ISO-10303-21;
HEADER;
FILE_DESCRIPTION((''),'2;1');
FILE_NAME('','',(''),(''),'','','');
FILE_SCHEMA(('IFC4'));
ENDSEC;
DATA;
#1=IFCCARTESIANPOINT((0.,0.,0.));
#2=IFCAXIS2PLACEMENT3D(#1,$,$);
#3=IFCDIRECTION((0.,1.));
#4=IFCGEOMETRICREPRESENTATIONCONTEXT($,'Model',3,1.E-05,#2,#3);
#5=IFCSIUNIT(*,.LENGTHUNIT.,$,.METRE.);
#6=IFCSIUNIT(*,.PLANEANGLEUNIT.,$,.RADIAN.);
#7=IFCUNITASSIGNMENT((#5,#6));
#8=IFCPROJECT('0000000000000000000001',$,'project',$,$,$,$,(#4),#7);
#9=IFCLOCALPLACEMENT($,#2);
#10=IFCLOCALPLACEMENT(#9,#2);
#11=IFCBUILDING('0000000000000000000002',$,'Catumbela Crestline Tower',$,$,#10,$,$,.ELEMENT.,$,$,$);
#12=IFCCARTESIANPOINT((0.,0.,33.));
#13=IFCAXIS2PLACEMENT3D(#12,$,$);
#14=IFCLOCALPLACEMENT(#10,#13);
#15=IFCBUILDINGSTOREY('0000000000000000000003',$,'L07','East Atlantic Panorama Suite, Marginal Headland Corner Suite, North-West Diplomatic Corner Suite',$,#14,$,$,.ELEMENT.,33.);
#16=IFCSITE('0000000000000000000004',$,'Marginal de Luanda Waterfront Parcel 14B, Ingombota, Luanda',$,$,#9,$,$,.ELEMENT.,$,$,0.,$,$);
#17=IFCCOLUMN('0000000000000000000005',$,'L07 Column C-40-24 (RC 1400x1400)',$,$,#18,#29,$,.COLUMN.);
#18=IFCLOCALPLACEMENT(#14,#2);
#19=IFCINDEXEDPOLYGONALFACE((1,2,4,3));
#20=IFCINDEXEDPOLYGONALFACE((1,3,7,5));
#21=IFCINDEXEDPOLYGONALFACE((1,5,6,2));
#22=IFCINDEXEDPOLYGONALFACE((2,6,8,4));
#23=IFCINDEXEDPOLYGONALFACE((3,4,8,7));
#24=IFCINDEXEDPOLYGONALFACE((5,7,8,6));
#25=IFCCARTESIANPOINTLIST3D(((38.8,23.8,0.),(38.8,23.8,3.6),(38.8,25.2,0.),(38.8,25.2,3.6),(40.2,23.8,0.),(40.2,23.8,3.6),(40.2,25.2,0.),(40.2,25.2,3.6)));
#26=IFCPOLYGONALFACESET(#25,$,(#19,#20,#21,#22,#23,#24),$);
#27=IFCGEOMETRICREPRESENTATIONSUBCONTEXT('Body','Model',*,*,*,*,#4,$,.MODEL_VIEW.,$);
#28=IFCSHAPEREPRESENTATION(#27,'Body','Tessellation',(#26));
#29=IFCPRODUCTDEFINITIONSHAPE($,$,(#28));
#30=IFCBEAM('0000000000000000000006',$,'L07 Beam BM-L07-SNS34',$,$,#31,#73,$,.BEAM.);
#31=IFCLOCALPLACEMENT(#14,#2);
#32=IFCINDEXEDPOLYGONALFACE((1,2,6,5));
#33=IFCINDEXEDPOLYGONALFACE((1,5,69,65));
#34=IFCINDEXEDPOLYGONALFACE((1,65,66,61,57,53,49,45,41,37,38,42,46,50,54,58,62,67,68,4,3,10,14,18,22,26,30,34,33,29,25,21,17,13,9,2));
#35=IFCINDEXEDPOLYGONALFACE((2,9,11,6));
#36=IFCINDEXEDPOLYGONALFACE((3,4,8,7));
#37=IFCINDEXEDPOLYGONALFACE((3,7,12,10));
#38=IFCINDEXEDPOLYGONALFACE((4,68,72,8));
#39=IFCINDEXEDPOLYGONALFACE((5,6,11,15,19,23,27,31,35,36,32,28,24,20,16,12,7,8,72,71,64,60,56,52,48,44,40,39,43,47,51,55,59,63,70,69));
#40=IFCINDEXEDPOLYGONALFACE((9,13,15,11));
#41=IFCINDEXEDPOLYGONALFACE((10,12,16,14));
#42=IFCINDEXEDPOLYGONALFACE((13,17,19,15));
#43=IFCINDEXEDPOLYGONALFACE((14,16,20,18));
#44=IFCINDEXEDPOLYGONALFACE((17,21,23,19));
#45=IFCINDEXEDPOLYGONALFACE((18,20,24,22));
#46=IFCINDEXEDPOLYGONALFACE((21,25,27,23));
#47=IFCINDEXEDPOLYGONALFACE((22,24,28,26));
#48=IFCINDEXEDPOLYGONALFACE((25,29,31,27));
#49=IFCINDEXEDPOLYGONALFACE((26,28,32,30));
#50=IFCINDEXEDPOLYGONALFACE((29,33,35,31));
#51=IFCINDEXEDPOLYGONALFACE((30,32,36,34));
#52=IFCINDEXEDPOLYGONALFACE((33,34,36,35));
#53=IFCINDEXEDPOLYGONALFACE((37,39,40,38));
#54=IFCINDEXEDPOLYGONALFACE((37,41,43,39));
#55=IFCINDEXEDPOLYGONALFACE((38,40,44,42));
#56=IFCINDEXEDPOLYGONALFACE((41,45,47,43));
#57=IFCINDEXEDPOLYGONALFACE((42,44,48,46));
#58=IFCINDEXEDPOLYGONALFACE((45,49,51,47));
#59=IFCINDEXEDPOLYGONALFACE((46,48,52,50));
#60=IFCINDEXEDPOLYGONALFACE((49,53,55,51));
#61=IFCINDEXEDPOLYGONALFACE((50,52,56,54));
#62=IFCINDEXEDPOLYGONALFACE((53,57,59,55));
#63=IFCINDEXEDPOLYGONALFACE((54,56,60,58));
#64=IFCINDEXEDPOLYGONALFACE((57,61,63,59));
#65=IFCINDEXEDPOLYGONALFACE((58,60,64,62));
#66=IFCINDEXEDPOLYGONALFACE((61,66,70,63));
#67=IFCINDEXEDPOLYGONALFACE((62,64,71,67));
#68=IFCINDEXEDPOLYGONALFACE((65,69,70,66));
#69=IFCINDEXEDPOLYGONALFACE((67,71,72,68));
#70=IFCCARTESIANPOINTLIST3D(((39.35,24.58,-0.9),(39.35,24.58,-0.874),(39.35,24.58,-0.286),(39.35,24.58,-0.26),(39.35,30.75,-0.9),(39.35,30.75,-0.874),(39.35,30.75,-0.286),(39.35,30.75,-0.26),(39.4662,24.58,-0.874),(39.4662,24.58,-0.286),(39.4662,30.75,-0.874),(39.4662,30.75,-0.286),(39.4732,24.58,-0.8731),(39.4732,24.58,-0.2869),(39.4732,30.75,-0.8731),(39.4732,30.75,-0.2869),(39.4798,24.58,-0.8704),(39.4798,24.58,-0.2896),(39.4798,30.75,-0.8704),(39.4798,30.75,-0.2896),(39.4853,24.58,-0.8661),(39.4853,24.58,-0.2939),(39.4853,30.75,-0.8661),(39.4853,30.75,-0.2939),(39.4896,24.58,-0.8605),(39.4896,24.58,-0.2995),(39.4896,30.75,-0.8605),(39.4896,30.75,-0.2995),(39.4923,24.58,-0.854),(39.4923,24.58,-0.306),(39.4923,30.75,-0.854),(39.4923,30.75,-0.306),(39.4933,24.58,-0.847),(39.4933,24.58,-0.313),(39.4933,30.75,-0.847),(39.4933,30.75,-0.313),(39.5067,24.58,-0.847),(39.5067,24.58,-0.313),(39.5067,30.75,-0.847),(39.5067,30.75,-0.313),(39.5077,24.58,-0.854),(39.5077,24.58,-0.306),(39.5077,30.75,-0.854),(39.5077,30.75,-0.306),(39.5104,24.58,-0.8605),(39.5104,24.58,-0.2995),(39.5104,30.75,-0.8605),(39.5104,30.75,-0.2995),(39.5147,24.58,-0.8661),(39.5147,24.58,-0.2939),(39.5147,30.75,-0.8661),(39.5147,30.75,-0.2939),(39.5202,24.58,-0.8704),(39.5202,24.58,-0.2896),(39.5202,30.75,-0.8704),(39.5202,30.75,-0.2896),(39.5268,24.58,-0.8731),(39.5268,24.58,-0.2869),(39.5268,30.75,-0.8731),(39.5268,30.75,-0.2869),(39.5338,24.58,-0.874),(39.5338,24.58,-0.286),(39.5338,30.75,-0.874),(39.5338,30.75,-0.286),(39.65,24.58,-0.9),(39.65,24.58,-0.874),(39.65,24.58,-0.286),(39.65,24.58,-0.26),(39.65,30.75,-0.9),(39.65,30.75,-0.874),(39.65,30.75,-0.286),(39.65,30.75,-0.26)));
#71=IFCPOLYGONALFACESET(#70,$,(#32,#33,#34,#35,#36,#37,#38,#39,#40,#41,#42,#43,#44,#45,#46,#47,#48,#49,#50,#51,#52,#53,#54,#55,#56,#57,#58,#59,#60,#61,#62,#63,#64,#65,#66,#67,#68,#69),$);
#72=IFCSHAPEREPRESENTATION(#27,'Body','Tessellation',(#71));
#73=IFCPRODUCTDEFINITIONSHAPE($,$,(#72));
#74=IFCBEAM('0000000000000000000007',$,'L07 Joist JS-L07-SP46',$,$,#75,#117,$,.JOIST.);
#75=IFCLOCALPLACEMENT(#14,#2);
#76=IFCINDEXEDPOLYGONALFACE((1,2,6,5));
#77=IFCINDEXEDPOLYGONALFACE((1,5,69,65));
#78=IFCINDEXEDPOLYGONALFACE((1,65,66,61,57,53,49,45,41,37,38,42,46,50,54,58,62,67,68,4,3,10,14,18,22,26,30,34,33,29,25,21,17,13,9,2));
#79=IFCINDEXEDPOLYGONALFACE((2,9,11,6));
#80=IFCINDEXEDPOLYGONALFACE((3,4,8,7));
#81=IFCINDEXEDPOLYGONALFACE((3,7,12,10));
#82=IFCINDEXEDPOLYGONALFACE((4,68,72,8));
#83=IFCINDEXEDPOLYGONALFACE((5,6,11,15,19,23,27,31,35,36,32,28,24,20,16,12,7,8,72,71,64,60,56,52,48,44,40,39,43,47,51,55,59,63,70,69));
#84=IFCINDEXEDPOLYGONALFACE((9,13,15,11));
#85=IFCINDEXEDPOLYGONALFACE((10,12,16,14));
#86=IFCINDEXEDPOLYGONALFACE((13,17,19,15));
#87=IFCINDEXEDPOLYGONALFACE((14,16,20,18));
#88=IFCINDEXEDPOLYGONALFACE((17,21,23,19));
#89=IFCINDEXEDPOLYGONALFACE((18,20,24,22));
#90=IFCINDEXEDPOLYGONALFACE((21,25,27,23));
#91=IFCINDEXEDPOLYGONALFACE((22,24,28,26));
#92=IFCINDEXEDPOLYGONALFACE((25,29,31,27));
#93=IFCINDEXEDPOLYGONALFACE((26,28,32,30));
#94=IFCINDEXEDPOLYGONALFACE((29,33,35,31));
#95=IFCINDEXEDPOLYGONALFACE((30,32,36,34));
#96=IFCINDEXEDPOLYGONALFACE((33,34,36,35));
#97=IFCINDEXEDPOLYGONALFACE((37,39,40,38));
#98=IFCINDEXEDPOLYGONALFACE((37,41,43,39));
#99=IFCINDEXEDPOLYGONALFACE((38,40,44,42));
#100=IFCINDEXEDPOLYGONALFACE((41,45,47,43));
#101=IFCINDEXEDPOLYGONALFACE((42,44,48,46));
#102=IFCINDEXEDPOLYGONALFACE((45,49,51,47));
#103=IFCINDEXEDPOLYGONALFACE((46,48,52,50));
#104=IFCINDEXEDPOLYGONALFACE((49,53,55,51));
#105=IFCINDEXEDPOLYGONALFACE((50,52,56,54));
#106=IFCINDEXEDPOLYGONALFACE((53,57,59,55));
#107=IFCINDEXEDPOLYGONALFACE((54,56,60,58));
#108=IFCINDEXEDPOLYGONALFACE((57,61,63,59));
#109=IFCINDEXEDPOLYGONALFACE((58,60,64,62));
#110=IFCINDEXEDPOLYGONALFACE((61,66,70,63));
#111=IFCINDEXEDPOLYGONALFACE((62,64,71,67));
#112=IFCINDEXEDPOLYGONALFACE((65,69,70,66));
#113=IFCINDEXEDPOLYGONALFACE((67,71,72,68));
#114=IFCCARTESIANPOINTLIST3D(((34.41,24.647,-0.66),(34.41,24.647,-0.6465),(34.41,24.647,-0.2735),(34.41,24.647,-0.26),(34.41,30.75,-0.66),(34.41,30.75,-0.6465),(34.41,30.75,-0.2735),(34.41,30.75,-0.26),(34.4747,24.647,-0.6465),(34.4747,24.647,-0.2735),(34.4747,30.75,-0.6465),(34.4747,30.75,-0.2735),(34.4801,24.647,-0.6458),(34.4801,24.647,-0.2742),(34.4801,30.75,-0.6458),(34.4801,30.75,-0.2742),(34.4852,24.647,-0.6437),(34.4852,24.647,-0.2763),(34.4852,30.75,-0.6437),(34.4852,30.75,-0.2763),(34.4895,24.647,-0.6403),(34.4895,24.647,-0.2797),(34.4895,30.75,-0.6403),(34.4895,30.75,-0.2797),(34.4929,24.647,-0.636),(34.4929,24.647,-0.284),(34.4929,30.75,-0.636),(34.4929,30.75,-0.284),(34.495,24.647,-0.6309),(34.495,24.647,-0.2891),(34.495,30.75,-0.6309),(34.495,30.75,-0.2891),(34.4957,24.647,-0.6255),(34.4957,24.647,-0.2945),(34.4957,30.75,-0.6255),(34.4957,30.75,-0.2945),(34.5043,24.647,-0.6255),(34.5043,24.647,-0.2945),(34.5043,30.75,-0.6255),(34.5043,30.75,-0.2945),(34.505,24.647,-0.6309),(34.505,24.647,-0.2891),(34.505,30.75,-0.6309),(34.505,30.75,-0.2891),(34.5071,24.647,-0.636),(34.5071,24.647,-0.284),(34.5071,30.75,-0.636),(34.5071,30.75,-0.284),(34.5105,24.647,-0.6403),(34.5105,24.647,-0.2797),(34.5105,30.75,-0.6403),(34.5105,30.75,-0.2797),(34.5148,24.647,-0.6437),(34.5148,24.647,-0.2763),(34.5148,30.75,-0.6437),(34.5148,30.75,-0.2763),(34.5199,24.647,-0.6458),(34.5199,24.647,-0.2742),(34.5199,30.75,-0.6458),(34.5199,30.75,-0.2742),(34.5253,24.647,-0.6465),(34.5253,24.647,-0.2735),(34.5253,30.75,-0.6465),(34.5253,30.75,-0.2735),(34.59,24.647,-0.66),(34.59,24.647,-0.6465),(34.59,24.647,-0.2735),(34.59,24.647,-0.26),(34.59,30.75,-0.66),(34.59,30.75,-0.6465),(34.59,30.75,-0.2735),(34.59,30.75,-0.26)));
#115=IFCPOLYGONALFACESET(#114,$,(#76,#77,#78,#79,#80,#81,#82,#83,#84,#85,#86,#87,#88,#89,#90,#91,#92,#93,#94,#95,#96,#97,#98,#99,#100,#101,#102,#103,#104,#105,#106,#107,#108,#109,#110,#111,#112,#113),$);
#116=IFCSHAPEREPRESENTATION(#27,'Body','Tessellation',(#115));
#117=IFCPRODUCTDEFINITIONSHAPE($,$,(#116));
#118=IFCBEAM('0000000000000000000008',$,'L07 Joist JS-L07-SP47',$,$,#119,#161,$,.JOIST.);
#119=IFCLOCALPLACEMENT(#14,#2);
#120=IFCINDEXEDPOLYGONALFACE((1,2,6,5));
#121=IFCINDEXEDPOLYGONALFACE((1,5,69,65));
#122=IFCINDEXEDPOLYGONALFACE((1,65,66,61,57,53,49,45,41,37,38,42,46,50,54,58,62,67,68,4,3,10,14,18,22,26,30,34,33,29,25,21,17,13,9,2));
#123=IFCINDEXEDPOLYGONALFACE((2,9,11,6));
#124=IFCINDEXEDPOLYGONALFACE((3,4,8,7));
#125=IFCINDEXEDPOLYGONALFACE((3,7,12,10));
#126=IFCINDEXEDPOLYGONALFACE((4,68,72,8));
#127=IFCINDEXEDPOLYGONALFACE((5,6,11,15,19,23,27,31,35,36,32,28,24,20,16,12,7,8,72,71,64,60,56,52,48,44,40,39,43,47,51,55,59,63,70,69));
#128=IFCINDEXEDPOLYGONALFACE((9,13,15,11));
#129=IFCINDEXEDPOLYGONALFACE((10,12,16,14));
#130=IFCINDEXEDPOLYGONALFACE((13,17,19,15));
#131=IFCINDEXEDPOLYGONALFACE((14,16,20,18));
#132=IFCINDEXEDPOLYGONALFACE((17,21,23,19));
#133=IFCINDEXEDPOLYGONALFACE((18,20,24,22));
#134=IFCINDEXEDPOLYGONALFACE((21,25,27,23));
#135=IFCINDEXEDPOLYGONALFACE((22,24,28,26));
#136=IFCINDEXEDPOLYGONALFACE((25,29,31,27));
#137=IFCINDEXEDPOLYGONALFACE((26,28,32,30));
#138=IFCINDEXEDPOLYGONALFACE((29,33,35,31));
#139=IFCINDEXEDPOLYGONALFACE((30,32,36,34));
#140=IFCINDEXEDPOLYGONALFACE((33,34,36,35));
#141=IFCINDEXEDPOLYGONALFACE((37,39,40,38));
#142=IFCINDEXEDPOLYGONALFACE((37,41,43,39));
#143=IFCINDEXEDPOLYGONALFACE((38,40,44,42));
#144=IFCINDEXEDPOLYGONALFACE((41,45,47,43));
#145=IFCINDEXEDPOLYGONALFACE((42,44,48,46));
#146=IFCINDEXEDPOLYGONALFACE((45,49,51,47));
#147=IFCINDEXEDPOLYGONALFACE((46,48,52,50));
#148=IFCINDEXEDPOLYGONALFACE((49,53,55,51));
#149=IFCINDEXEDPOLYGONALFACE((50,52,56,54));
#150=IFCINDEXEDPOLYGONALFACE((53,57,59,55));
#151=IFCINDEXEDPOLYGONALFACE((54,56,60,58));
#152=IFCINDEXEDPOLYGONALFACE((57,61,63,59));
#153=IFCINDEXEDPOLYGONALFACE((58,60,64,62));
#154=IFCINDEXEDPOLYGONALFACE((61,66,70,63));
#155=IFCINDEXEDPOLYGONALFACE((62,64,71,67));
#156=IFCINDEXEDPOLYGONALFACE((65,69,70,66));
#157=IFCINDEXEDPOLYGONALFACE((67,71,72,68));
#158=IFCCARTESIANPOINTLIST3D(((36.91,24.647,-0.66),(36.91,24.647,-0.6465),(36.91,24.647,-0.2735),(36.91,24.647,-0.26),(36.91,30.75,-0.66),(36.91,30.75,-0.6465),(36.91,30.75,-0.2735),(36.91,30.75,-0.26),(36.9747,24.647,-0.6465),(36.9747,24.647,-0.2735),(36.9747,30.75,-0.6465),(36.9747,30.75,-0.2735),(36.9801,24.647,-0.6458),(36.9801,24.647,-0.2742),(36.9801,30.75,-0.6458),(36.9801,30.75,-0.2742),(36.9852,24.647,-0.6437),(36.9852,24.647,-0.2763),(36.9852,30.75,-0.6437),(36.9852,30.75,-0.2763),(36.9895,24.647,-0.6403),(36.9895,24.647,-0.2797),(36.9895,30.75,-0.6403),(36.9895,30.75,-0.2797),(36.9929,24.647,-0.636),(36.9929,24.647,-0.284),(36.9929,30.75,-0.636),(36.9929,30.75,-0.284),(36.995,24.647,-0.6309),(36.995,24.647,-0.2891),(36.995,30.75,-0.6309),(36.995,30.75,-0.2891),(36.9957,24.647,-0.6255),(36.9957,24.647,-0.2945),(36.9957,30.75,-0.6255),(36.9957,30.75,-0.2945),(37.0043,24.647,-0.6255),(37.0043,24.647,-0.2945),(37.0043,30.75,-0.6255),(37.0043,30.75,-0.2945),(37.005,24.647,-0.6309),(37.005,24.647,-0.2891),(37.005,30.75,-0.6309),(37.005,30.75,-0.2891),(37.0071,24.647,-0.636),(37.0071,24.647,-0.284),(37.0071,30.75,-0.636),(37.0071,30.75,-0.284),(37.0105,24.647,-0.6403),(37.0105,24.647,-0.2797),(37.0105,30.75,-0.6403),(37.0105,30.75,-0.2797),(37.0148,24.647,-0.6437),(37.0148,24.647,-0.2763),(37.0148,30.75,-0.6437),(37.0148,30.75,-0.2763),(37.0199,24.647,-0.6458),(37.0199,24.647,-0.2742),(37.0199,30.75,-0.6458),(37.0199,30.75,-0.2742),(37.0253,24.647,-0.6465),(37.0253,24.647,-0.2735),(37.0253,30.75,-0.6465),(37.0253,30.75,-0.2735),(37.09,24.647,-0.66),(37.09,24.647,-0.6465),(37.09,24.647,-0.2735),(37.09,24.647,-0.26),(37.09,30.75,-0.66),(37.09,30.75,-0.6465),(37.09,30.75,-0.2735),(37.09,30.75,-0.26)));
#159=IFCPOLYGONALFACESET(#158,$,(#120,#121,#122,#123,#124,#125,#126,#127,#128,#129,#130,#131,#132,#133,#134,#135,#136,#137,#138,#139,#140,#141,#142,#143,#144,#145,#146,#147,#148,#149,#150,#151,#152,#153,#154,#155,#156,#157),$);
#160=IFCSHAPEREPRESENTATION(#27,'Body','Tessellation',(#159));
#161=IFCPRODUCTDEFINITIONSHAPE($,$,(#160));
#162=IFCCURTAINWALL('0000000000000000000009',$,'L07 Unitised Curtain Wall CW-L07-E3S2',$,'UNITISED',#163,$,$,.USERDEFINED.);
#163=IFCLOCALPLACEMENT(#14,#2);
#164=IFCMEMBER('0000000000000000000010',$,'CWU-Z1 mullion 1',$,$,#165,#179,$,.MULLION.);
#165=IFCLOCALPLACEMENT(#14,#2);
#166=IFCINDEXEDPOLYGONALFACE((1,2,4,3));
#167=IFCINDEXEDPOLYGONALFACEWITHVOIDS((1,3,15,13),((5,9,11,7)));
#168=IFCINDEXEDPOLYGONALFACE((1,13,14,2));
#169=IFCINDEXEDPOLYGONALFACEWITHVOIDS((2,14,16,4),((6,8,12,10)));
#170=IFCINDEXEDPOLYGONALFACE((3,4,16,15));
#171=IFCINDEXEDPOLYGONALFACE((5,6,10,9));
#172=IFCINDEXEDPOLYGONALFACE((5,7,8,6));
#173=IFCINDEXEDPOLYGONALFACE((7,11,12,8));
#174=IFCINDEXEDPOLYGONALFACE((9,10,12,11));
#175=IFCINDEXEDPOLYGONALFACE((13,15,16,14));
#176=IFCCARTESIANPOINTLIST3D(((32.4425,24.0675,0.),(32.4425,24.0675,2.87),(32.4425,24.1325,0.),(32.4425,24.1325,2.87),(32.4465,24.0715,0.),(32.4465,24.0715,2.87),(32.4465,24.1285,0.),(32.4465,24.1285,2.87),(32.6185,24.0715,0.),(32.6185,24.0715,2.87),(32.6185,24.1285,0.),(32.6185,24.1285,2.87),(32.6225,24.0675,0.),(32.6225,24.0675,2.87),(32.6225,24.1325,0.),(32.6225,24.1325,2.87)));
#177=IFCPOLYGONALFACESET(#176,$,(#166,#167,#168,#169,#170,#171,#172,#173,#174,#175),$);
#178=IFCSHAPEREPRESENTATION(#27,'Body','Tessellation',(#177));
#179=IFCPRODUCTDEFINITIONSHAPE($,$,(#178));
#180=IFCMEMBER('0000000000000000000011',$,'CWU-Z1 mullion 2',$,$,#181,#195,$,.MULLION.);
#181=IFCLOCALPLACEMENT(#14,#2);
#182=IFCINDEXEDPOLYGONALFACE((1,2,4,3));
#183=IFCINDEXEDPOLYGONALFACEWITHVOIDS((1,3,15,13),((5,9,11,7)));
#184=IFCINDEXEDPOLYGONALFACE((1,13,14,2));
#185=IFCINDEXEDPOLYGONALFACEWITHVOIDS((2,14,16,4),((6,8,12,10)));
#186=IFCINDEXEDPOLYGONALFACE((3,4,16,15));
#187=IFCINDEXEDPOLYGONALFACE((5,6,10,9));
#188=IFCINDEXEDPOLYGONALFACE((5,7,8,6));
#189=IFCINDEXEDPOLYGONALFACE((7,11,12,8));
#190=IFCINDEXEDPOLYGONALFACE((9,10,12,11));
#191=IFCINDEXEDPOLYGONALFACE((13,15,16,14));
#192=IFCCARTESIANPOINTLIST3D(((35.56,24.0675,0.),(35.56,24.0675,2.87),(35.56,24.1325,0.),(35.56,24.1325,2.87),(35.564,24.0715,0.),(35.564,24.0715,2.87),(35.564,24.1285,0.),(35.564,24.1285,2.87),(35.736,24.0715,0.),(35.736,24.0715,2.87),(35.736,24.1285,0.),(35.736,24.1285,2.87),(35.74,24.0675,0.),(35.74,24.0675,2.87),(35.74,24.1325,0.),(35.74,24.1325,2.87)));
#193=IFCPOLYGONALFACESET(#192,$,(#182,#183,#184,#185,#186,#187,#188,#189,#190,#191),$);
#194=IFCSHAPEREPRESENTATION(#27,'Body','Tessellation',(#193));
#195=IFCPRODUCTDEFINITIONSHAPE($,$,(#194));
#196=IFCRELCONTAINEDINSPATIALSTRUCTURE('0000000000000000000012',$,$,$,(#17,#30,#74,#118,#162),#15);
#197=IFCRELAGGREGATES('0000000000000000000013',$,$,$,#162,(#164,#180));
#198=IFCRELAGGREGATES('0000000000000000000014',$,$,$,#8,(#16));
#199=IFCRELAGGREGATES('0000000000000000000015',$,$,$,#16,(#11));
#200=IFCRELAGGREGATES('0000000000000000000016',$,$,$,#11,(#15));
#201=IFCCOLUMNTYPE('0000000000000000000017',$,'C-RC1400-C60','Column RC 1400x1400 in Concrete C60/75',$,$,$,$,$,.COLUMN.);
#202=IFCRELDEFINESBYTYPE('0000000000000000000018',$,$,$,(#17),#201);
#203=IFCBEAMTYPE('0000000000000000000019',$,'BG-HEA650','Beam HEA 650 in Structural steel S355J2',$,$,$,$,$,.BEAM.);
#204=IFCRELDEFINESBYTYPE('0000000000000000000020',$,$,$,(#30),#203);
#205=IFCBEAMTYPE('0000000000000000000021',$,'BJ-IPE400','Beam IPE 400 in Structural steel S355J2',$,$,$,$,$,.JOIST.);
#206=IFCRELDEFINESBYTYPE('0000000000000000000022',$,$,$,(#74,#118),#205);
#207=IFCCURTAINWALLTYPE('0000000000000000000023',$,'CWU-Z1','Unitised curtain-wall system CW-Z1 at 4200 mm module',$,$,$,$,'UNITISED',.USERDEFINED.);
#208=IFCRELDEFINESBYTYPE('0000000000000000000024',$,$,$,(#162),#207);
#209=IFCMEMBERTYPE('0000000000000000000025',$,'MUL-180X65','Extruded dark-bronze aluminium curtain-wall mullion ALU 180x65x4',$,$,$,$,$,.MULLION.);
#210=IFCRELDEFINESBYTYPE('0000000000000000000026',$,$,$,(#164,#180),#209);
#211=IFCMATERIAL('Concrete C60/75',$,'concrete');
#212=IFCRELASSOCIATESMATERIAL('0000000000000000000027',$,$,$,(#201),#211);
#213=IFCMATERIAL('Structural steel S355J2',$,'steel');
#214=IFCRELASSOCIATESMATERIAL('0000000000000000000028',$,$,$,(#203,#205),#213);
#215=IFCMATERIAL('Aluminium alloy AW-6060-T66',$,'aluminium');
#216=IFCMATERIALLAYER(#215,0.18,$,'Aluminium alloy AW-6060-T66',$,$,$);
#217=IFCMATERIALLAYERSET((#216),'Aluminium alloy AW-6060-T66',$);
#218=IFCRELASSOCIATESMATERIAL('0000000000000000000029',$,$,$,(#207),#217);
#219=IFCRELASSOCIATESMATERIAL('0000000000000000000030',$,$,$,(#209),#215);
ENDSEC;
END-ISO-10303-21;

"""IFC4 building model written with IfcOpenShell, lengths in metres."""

from ifc_helpers import new_model, si_unit, direction, frame, origin, origin_2d, place, context, subcontext, project, spatial, rectangle, hollow_rectangle, i_section, extrude, material, layer, layer_set, material_profile, profile_set, type_object, element, aggregate, save


model = new_model("IFC4")

# Units and contexts
model_context = context("Model", 3, precision=1e-05, world=origin(), true_north=direction((0.0, 1.0)))
body_context = subcontext(model_context, "Body", "Model", "MODEL_VIEW")
ifc_project = project(units=[si_unit("LENGTHUNIT", "METRE"), si_unit("PLANEANGLEUNIT", "RADIAN")], contexts=[model_context])

# Site, building, storey
site_placement = place(None, origin())
site = spatial("IfcSite", under=ifc_project, at=site_placement, Name="Marginal de Luanda Waterfront Parcel 14B, Ingombota, Luanda", CompositionType="ELEMENT", RefElevation=0.0)
building_placement = place(site_placement, origin())
building = spatial("IfcBuilding", under=site, at=building_placement, Name="Catumbela Crestline Tower", CompositionType="ELEMENT")
storey_placement = place(building_placement, frame((0.0, 0.0, 33.0)))
storey = spatial("IfcBuildingStorey", under=building, at=storey_placement, Name="L07", Description="East Atlantic Panorama Suite, Marginal Headland Corner Suite, North-West Diplomatic Corner Suite", CompositionType="ELEMENT", Elevation=33.0)

# Column
ifc_material_1 = material(Name="Concrete C60/75", Category="concrete")
ifc_material_profile_1 = material_profile(ifc_material_1, rectangle(XDim=1.4, YDim=1.4, at=origin_2d()), Name="RC 1400x1400")
ifc_profile_set_1 = profile_set([ifc_material_profile_1], Name="Concrete C60/75")
column_type = type_object("IfcColumnType", Name="C-RC1400-C60", Description="Column RC 1400x1400 in Concrete C60/75", PredefinedType="COLUMN", material=ifc_profile_set_1)
column_placement = place(storey_placement, frame((39.5, 24.5, 0.0), z_axis=(0.0, 0.0, 1.0), x_axis=(1.0, 0.0, 0.0)))
element("IfcColumn", 1, at=column_placement, inside=storey, type_object=column_type, Name="L07 Column C-40-24 (RC 1400x1400)", PredefinedType="COLUMN", context=body_context, shape_type="SweptSolid", body=[
    extrude(rectangle(XDim=1.4, YDim=1.4, at=origin_2d()), origin(), (0.0, 0.0, 1.0), 3.6),
])

# Beams
ifc_material_2 = material(Name="Structural steel S355J2", Category="steel")
ifc_material_profile_2 = material_profile(ifc_material_2, i_section(OverallWidth=0.3, OverallDepth=0.64, WebThickness=0.0135, FlangeThickness=0.026, FilletRadius=0.027, at=origin_2d()), Name="HEA 650")
ifc_profile_set_2 = profile_set([ifc_material_profile_2], Name="Structural steel S355J2")
beam_type_1 = type_object("IfcBeamType", Name="BG-HEA650", Description="Beam HEA 650 in Structural steel S355J2", PredefinedType="BEAM", material=ifc_profile_set_2)
beam_1_placement = place(storey_placement, frame((39.5, 24.58, -0.58), z_axis=(0.0, 1.0, 0.0), x_axis=(-1.0, 0.0, 0.0)))
element("IfcBeam", 2, at=beam_1_placement, inside=storey, type_object=beam_type_1, Name="L07 Beam BM-L07-SNS34", PredefinedType="BEAM", context=body_context, shape_type="SweptSolid", body=[
    extrude(i_section(OverallWidth=0.3, OverallDepth=0.64, WebThickness=0.0135, FlangeThickness=0.026, FilletRadius=0.027, at=origin_2d()), origin(), (0.0, 0.0, 1.0), 6.17),
])
ifc_material_profile_3 = material_profile(ifc_material_2, i_section(OverallWidth=0.18, OverallDepth=0.4, WebThickness=0.0086, FlangeThickness=0.0135, FilletRadius=0.021, at=origin_2d()), Name="IPE 400")
ifc_profile_set_3 = profile_set([ifc_material_profile_3], Name="Structural steel S355J2")
beam_type_2 = type_object("IfcBeamType", Name="BJ-IPE400", Description="Beam IPE 400 in Structural steel S355J2", PredefinedType="JOIST", material=ifc_profile_set_3)
for number, where, z_axis, x_axis, name in (
    (3, (34.5, 24.647, -0.46), (0.0, 1.0, 0.0), (-1.0, 0.0, 0.0), "L07 Joist JS-L07-SP46"),
    (4, (37.0, 24.647, -0.46), (0.0, 1.0, 0.0), (-1.0, 0.0, 0.0), "L07 Joist JS-L07-SP47"),
):
    element("IfcBeam", number, at=place(storey_placement, frame(where, z_axis=z_axis, x_axis=x_axis)), inside=storey, type_object=beam_type_2, Name=name, PredefinedType="JOIST", context=body_context, shape_type="SweptSolid", body=[
        extrude(i_section(OverallWidth=0.18, OverallDepth=0.4, WebThickness=0.0086, FlangeThickness=0.0135, FilletRadius=0.021, at=origin_2d()), origin(), (0.0, 0.0, 1.0), 6.103),
    ])

# Curtain wall, members
ifc_material_3 = material(Name="Aluminium alloy AW-6060-T66", Category="aluminium")
ifc_layer_1 = layer(ifc_material_3, 0.18, Name="Aluminium alloy AW-6060-T66")
ifc_layer_set_1 = layer_set([ifc_layer_1], Name="Aluminium alloy AW-6060-T66")
curtain_wall_type = type_object("IfcCurtainWallType", Name="CWU-Z1", Description="Unitised curtain-wall system CW-Z1 at 4200 mm module", ElementType="UNITISED", PredefinedType="USERDEFINED", material=ifc_layer_set_1)
curtain_wall_1_placement = place(storey_placement, origin())
curtain_wall_1 = element("IfcCurtainWall", 5, at=curtain_wall_1_placement, inside=storey, type_object=curtain_wall_type, Name="L07 Unitised Curtain Wall CW-L07-E3S2", ObjectType="UNITISED", PredefinedType="USERDEFINED")
ifc_material_profile_4 = material_profile(ifc_material_3, hollow_rectangle(XDim=0.065, YDim=0.18, WallThickness=0.004, at=origin_2d()), Name="ALU 180x65x4")
ifc_profile_set_4 = profile_set([ifc_material_profile_4], Name="Aluminium alloy AW-6060-T66")
member_type_1 = type_object("IfcMemberType", Name="MUL-180X65", Description="Extruded dark-bronze aluminium curtain-wall mullion ALU 180x65x4", PredefinedType="MULLION", material=ifc_profile_set_4)
member_1_placement = place(storey_placement, frame((32.5325, 24.1, 0.0), z_axis=(0.0, 0.0, 1.0), x_axis=(0.0, 1.0, 0.0)))
member_1 = element("IfcMember", 6, at=member_1_placement, type_object=member_type_1, Name="CWU-Z1 mullion 1", PredefinedType="MULLION", context=body_context, shape_type="SweptSolid", body=[
    extrude(hollow_rectangle(XDim=0.065, YDim=0.18, WallThickness=0.004, at=origin_2d()), origin(), (0.0, 0.0, 1.0), 2.87),
])
member_2_placement = place(storey_placement, frame((35.65, 24.1, 0.0), z_axis=(0.0, 0.0, 1.0), x_axis=(0.0, 1.0, 0.0)))
member_2 = element("IfcMember", 7, at=member_2_placement, type_object=member_type_1, Name="CWU-Z1 mullion 2", PredefinedType="MULLION", context=body_context, shape_type="SweptSolid", body=[
    extrude(hollow_rectangle(XDim=0.065, YDim=0.18, WallThickness=0.004, at=origin_2d()), origin(), (0.0, 0.0, 1.0), 2.87),
])

aggregate(curtain_wall_1, [member_1, member_2])

save(model, "model.ifc")
